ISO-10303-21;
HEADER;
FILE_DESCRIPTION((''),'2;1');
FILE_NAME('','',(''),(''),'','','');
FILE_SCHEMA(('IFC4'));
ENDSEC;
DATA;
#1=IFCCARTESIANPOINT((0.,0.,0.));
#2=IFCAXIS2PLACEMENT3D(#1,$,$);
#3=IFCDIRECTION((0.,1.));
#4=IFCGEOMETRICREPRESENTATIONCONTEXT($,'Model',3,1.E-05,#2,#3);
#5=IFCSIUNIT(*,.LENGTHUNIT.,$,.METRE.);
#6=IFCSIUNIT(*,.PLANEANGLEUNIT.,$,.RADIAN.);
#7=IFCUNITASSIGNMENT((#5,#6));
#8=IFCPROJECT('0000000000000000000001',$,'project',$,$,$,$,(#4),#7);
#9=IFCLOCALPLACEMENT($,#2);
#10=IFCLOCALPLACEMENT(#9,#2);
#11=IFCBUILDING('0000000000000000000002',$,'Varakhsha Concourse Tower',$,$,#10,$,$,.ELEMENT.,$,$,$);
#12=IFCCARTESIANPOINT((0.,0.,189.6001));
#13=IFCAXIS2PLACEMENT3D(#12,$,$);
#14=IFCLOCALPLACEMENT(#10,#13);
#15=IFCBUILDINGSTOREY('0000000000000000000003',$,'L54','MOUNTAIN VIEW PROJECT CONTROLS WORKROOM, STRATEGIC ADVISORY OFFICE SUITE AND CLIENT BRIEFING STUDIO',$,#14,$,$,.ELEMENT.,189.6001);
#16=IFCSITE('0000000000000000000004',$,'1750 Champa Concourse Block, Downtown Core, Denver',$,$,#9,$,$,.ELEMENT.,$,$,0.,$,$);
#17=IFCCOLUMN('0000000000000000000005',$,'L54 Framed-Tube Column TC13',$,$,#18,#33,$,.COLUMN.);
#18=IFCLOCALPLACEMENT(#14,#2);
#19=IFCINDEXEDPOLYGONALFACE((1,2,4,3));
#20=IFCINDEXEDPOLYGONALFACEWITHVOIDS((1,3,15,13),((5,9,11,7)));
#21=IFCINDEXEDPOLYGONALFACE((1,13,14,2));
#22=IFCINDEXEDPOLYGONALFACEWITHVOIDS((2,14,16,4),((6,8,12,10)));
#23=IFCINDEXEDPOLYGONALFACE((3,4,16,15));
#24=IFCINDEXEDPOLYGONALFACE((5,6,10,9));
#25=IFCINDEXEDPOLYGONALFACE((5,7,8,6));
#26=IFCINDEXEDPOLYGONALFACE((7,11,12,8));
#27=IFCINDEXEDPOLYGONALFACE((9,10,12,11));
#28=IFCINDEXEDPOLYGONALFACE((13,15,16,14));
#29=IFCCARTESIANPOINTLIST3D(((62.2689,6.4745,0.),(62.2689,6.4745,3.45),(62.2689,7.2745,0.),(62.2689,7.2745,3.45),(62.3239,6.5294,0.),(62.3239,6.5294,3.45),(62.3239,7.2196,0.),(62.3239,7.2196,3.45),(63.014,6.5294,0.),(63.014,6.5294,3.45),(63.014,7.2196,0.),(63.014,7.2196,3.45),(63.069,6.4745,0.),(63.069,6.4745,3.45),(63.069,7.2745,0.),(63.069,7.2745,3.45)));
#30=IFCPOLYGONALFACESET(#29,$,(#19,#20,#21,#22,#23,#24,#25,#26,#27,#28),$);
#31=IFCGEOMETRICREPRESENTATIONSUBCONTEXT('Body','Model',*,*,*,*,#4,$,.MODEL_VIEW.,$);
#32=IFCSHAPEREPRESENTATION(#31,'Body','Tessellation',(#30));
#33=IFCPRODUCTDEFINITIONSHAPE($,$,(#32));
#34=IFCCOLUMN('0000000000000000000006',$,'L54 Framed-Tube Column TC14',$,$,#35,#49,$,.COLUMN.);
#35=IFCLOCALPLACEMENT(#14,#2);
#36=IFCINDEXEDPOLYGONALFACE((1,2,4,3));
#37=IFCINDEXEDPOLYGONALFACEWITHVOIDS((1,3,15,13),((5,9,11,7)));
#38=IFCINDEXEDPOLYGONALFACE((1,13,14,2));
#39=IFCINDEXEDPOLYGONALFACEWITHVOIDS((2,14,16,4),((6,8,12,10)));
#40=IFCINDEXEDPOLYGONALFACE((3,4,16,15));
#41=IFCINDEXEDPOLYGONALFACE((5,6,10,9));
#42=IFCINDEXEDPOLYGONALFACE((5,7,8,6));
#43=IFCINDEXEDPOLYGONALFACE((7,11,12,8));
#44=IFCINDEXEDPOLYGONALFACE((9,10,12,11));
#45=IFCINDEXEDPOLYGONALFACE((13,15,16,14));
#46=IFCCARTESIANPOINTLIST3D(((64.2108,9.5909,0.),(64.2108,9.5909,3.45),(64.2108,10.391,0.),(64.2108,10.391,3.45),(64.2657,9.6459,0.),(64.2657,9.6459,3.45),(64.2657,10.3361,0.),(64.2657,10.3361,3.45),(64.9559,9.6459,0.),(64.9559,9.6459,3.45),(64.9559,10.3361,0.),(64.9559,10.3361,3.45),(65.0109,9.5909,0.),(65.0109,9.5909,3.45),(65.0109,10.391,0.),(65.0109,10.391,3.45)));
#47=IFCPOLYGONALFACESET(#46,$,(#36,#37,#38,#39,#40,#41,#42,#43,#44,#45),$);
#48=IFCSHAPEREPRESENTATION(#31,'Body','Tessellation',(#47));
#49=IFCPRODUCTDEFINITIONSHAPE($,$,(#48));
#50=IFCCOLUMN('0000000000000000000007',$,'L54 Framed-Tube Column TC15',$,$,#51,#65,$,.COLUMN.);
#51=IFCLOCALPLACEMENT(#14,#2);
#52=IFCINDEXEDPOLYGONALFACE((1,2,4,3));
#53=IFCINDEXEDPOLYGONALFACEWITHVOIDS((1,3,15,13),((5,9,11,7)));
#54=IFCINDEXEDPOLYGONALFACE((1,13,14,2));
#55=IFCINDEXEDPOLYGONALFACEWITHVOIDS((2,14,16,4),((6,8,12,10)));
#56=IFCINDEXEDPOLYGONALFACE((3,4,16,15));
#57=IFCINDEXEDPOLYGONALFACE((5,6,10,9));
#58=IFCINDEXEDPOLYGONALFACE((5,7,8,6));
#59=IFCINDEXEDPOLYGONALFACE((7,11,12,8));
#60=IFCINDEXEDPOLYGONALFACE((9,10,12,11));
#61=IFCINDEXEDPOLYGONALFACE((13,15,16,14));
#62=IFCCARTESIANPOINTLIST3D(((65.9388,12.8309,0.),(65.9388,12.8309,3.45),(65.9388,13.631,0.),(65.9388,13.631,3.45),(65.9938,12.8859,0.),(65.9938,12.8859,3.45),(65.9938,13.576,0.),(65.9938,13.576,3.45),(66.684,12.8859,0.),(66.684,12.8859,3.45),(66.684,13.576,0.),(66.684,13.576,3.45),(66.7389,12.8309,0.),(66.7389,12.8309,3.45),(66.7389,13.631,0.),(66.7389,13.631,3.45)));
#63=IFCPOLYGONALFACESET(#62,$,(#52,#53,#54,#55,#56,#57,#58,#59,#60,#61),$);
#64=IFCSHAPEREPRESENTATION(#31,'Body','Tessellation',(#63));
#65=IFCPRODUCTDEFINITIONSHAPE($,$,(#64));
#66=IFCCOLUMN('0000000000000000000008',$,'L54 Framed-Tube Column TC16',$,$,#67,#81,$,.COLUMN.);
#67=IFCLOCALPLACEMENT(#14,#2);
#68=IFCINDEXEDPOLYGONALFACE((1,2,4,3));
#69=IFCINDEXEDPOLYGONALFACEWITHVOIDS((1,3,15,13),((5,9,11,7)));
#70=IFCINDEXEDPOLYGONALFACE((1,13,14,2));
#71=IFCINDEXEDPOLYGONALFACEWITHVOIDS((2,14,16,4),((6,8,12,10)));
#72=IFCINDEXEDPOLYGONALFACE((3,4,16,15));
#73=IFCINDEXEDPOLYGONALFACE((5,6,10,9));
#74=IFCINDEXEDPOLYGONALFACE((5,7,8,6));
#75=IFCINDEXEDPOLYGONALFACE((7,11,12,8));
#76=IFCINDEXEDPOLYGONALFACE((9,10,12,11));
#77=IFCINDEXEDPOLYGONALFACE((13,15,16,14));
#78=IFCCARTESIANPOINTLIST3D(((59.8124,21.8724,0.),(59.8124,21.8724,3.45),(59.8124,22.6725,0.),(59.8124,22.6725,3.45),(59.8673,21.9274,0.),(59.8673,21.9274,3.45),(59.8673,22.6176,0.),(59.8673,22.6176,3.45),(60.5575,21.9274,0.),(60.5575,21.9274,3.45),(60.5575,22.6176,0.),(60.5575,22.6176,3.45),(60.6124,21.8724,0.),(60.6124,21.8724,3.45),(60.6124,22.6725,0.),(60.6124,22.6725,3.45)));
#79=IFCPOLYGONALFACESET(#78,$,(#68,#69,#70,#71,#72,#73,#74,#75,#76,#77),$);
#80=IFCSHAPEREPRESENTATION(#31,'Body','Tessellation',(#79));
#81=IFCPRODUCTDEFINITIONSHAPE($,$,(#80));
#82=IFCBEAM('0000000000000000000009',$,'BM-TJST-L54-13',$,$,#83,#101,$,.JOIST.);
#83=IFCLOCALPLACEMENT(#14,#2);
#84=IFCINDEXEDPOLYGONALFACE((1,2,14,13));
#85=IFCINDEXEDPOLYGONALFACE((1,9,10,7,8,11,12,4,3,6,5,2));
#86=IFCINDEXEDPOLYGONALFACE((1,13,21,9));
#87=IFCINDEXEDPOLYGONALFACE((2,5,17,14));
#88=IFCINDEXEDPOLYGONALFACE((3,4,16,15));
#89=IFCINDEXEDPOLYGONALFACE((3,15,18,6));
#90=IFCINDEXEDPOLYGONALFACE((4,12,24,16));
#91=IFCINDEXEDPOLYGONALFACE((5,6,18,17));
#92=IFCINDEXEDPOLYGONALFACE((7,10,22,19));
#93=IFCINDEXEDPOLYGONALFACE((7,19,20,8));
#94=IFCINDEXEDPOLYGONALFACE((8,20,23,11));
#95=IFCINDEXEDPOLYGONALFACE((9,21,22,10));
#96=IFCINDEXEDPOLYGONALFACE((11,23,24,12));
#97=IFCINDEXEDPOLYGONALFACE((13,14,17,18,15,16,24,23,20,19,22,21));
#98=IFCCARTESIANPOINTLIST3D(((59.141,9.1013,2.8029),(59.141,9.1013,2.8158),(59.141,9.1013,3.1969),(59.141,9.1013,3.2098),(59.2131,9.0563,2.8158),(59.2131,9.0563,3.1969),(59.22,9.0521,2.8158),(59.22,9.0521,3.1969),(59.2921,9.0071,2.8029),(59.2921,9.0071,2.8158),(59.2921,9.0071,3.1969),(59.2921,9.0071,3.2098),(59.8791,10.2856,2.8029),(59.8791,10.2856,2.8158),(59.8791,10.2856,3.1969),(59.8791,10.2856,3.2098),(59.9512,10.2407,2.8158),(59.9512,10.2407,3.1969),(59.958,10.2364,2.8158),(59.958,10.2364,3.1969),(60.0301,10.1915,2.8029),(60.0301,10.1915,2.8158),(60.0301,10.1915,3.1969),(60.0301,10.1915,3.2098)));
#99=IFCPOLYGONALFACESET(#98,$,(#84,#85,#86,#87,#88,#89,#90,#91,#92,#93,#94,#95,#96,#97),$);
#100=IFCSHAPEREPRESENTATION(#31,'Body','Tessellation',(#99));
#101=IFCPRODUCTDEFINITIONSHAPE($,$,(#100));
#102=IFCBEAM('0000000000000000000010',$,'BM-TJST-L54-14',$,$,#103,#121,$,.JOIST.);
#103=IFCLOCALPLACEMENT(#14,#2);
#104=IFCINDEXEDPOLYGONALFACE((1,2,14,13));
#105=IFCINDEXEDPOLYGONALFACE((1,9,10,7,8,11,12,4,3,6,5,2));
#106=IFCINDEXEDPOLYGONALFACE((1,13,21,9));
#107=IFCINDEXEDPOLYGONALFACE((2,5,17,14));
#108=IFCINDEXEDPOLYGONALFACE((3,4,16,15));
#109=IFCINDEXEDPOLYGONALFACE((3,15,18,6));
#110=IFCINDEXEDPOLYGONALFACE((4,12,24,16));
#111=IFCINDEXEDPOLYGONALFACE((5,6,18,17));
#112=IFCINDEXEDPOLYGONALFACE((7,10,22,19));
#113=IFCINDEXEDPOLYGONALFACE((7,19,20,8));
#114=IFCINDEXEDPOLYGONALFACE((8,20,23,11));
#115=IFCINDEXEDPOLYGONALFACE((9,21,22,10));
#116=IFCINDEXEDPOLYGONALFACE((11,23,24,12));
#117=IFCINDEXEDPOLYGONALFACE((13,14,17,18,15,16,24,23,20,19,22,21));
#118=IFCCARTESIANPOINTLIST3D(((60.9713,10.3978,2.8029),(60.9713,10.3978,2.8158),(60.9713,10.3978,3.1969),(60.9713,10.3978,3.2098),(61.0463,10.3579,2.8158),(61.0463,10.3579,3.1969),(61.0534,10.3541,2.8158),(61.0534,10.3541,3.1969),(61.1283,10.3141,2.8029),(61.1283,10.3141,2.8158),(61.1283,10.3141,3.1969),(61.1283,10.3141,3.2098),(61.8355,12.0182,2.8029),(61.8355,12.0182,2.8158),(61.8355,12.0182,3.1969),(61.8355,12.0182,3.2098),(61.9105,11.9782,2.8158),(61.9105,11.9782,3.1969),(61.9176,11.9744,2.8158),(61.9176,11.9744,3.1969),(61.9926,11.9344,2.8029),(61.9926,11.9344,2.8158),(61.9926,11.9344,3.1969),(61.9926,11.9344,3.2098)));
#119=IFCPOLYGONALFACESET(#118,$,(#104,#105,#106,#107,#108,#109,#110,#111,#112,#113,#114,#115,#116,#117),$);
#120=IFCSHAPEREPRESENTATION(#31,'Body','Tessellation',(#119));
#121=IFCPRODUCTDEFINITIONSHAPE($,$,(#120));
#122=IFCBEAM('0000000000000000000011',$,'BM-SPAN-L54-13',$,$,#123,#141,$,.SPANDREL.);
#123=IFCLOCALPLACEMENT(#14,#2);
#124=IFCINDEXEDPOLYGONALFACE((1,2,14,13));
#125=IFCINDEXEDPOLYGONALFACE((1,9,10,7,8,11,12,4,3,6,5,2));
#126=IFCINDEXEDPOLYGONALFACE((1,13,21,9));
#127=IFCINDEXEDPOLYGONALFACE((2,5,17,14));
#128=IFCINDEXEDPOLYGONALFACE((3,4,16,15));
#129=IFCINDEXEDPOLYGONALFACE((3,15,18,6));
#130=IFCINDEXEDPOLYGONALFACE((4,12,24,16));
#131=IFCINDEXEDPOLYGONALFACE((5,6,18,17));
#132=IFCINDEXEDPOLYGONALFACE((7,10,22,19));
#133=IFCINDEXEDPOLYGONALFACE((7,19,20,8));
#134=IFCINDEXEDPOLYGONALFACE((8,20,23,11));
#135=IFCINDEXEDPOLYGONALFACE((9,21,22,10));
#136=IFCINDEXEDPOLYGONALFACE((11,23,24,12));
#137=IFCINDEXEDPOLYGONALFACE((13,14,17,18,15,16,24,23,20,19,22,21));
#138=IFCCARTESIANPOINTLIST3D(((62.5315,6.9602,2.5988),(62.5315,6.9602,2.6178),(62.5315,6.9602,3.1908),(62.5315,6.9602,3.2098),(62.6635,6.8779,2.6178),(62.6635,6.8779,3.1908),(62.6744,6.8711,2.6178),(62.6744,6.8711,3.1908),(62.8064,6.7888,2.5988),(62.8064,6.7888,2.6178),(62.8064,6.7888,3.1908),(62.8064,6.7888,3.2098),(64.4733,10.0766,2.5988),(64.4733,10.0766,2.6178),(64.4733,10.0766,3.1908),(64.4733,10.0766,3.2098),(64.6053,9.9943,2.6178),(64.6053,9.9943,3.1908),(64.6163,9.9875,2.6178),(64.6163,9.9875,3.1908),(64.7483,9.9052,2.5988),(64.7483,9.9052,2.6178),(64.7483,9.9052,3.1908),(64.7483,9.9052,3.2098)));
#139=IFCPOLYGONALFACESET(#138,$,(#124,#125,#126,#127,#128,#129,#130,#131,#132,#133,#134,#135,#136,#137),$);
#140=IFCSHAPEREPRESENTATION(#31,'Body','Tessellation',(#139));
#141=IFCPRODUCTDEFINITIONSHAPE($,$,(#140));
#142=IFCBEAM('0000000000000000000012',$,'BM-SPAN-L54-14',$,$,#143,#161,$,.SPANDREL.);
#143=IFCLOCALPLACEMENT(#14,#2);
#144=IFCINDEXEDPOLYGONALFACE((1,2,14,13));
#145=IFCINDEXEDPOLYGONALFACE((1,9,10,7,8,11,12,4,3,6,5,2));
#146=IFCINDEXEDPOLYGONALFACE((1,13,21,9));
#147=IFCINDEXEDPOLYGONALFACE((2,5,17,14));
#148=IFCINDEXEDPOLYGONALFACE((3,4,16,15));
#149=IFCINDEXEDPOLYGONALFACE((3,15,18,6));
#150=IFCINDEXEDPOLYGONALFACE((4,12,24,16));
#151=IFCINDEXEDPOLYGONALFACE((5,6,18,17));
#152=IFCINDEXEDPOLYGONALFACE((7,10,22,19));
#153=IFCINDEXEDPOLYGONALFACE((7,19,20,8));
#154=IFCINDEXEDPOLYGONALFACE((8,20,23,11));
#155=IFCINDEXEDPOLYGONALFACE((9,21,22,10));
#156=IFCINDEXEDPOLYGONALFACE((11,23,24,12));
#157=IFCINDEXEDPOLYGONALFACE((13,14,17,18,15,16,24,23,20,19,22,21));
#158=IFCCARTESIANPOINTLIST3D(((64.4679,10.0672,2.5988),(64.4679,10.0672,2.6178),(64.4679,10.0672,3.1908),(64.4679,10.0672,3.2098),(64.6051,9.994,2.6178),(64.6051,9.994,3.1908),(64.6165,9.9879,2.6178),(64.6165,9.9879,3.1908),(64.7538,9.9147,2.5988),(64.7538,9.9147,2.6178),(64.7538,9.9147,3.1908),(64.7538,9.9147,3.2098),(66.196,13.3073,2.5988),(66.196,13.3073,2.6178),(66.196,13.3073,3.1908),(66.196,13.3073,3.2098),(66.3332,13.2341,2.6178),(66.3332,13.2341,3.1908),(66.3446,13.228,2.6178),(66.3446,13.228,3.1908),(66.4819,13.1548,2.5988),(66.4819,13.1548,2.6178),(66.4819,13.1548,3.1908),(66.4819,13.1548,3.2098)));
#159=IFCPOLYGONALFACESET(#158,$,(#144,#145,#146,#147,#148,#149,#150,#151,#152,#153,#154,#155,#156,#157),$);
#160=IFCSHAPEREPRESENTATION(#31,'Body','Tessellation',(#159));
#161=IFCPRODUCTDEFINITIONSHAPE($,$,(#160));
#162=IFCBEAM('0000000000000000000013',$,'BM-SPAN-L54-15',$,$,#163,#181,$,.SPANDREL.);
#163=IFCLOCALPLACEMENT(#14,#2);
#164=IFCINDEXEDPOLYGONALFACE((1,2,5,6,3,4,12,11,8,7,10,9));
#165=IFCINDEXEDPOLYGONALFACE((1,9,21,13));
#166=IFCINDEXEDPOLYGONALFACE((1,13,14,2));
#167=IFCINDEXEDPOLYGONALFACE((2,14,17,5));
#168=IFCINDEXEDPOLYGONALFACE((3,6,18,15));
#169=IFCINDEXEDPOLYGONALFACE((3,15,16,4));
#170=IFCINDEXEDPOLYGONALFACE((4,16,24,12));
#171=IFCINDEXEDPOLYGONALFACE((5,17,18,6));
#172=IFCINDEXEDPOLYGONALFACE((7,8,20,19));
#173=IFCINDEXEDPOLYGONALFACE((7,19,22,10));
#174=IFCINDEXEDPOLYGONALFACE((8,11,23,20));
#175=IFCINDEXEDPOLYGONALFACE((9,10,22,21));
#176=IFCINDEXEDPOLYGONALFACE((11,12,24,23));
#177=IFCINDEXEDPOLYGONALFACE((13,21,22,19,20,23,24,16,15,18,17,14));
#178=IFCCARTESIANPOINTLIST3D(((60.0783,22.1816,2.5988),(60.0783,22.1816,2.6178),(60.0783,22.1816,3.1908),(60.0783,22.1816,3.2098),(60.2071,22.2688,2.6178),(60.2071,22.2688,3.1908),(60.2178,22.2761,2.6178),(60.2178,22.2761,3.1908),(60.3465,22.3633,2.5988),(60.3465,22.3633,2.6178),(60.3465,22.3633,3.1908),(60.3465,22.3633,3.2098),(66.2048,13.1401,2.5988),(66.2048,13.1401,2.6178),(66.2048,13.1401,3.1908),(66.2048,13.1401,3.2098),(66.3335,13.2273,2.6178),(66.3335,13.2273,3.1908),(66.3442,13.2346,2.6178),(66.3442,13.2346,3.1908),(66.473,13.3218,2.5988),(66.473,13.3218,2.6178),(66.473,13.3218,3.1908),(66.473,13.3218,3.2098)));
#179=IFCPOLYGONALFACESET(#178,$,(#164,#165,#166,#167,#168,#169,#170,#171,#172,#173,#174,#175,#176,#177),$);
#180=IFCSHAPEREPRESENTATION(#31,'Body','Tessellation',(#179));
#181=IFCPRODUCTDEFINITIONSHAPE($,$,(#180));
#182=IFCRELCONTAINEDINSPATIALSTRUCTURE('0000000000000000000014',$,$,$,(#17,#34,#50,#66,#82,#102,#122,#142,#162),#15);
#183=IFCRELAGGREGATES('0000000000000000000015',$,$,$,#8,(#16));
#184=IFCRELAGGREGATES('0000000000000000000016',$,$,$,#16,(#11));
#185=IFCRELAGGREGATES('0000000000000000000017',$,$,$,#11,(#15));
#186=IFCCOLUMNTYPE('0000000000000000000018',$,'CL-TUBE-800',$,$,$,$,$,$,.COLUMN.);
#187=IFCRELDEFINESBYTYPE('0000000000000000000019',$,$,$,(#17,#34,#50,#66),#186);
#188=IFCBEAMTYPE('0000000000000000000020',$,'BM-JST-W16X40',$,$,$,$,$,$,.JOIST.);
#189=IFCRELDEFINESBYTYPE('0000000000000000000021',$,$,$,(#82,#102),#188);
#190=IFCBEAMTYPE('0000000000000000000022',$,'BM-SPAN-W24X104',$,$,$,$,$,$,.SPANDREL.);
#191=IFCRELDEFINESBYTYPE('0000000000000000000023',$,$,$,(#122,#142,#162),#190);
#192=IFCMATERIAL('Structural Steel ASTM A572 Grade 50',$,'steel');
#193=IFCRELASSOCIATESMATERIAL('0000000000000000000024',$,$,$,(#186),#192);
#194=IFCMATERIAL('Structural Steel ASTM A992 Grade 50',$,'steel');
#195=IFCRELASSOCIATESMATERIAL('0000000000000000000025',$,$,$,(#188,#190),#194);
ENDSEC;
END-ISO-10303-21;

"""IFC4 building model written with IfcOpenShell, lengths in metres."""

from ifc_helpers import new_model, si_unit, direction, frame, origin, origin_2d, place, context, subcontext, project, spatial, hollow_rectangle, i_section, extrude, material, material_profile, profile_set, type_object, element, save


model = new_model("IFC4")

# Units and contexts
model_context = context("Model", 3, precision=1e-05, world=origin(), true_north=direction((0.0, 1.0)))
body_context = subcontext(model_context, "Body", "Model", "MODEL_VIEW")
ifc_project = project(units=[si_unit("LENGTHUNIT", "METRE"), si_unit("PLANEANGLEUNIT", "RADIAN")], contexts=[model_context])

# Site, building, storey
site_placement = place(None, origin())
site = spatial("IfcSite", under=ifc_project, at=site_placement, Name="1750 Champa Concourse Block, Downtown Core, Denver", CompositionType="ELEMENT", RefElevation=0.0)
building_placement = place(site_placement, origin())
building = spatial("IfcBuilding", under=site, at=building_placement, Name="Varakhsha Concourse Tower", CompositionType="ELEMENT")
storey_placement = place(building_placement, frame((0.0, 0.0, 189.6001)))
storey = spatial("IfcBuildingStorey", under=building, at=storey_placement, Name="L54", Description="MOUNTAIN VIEW PROJECT CONTROLS WORKROOM, STRATEGIC ADVISORY OFFICE SUITE AND CLIENT BRIEFING STUDIO", CompositionType="ELEMENT", Elevation=189.6001)

# Columns
ifc_material_1 = material(Name="Structural Steel ASTM A572 Grade 50", Category="steel")
ifc_material_profile_1 = material_profile(ifc_material_1, hollow_rectangle(XDim=0.8, YDim=0.8, WallThickness=0.0549, at=origin_2d()), Name="BOX 800x800x55")
ifc_profile_set_1 = profile_set([ifc_material_profile_1], Name="Structural Steel ASTM A572 Grade 50")
column_type = type_object("IfcColumnType", Name="CL-TUBE-800", PredefinedType="COLUMN", material=ifc_profile_set_1)
for number, where, z_axis, x_axis, name in (
    (1, (62.6689, 6.8745, 0.0), (0.0, 0.0, 1.0), (1.0, 0.0, 0.0), "L54 Framed-Tube Column TC13"),
    (2, (64.6108, 9.991, 0.0), (0.0, 0.0, 1.0), (1.0, 0.0, 0.0), "L54 Framed-Tube Column TC14"),
    (3, (66.3389, 13.231, 0.0), (0.0, 0.0, 1.0), (1.0, 0.0, 0.0), "L54 Framed-Tube Column TC15"),
    (4, (60.2124, 22.2725, 0.0), (0.0, 0.0, 1.0), (1.0, 0.0, 0.0), "L54 Framed-Tube Column TC16"),
):
    element("IfcColumn", number, at=place(storey_placement, frame(where, z_axis=z_axis, x_axis=x_axis)), inside=storey, type_object=column_type, Name=name, PredefinedType="COLUMN", context=body_context, shape_type="SweptSolid", body=[
        extrude(hollow_rectangle(XDim=0.8, YDim=0.8, WallThickness=0.0549, at=origin_2d()), origin(), (0.0, 0.0, 1.0), 3.45),
    ])

# Beams
ifc_material_2 = material(Name="Structural Steel ASTM A992 Grade 50", Category="steel")
ifc_material_profile_2 = material_profile(ifc_material_2, i_section(OverallWidth=0.178, OverallDepth=0.407, WebThickness=0.0081, FlangeThickness=0.0129, at=origin_2d()), Name="W16X40")
ifc_profile_set_2 = profile_set([ifc_material_profile_2], Name="Structural Steel ASTM A992 Grade 50")
beam_type_1 = type_object("IfcBeamType", Name="BM-JST-W16X40", PredefinedType="JOIST", material=ifc_profile_set_2)
beam_1_placement = place(storey_placement, frame((59.2166, 9.0542, 3.0063), z_axis=(0.528882, 0.848695, 0.0), x_axis=(-0.848695, 0.528882, 0.0)))
element("IfcBeam", 5, at=beam_1_placement, inside=storey, type_object=beam_type_1, Name="BM-TJST-L54-13", PredefinedType="JOIST", context=body_context, shape_type="SweptSolid", body=[
    extrude(i_section(OverallWidth=0.178, OverallDepth=0.407, WebThickness=0.0081, FlangeThickness=0.0129, at=origin_2d()), origin(), (0.0, 0.0, 1.0), 1.3955),
])
beam_2_placement = place(storey_placement, frame((61.0498, 10.356, 3.0063), z_axis=(0.470616, 0.882338, 0.0), x_axis=(-0.882338, 0.470616, 0.0)))
element("IfcBeam", 6, at=beam_2_placement, inside=storey, type_object=beam_type_1, Name="BM-TJST-L54-14", PredefinedType="JOIST", context=body_context, shape_type="SweptSolid", body=[
    extrude(i_section(OverallWidth=0.178, OverallDepth=0.407, WebThickness=0.0081, FlangeThickness=0.0129, at=origin_2d()), origin(), (0.0, 0.0, 1.0), 1.8364),
])
ifc_material_profile_3 = material_profile(ifc_material_2, i_section(OverallWidth=0.324, OverallDepth=0.6111, WebThickness=0.0129, FlangeThickness=0.019, at=origin_2d()), Name="W24X104")
ifc_profile_set_3 = profile_set([ifc_material_profile_3], Name="Structural Steel ASTM A992 Grade 50")
beam_type_2 = type_object("IfcBeamType", Name="BM-SPAN-W24X104", PredefinedType="SPANDREL", material=ifc_profile_set_3)
beam_3_placement = place(storey_placement, frame((62.6689, 6.8745, 2.9043), z_axis=(0.528845, 0.848718, 0.0), x_axis=(-0.848718, 0.528845, 0.0)))
element("IfcBeam", 7, at=beam_3_placement, inside=storey, type_object=beam_type_2, Name="BM-SPAN-L54-13", PredefinedType="SPANDREL", context=body_context, shape_type="SweptSolid", body=[
    extrude(i_section(OverallWidth=0.324, OverallDepth=0.6111, WebThickness=0.0129, FlangeThickness=0.019, at=origin_2d()), origin(), (0.0, 0.0, 1.0), 3.6719),
])
beam_4_placement = place(storey_placement, frame((64.6108, 9.991, 2.9043), z_axis=(0.470595, 0.882349, 0.0), x_axis=(-0.882349, 0.470595, 0.0)))
element("IfcBeam", 8, at=beam_4_placement, inside=storey, type_object=beam_type_2, Name="BM-SPAN-L54-14", PredefinedType="SPANDREL", context=body_context, shape_type="SweptSolid", body=[
    extrude(i_section(OverallWidth=0.324, OverallDepth=0.6111, WebThickness=0.0129, FlangeThickness=0.019, at=origin_2d()), origin(), (0.0, 0.0, 1.0), 3.6721),
])
beam_5_placement = place(storey_placement, frame((66.3389, 13.231, 2.9043), z_axis=(-0.560947, 0.827852, 0.0), x_axis=(-0.827852, -0.560947, 0.0)))
element("IfcBeam", 9, at=beam_5_placement, inside=storey, type_object=beam_type_2, Name="BM-SPAN-L54-15", PredefinedType="SPANDREL", context=body_context, shape_type="SweptSolid", body=[
    extrude(i_section(OverallWidth=0.324, OverallDepth=0.6111, WebThickness=0.0129, FlangeThickness=0.019, at=origin_2d()), origin(), (0.0, 0.0, 1.0), 10.9216),
])

save(model, "model.ifc")
